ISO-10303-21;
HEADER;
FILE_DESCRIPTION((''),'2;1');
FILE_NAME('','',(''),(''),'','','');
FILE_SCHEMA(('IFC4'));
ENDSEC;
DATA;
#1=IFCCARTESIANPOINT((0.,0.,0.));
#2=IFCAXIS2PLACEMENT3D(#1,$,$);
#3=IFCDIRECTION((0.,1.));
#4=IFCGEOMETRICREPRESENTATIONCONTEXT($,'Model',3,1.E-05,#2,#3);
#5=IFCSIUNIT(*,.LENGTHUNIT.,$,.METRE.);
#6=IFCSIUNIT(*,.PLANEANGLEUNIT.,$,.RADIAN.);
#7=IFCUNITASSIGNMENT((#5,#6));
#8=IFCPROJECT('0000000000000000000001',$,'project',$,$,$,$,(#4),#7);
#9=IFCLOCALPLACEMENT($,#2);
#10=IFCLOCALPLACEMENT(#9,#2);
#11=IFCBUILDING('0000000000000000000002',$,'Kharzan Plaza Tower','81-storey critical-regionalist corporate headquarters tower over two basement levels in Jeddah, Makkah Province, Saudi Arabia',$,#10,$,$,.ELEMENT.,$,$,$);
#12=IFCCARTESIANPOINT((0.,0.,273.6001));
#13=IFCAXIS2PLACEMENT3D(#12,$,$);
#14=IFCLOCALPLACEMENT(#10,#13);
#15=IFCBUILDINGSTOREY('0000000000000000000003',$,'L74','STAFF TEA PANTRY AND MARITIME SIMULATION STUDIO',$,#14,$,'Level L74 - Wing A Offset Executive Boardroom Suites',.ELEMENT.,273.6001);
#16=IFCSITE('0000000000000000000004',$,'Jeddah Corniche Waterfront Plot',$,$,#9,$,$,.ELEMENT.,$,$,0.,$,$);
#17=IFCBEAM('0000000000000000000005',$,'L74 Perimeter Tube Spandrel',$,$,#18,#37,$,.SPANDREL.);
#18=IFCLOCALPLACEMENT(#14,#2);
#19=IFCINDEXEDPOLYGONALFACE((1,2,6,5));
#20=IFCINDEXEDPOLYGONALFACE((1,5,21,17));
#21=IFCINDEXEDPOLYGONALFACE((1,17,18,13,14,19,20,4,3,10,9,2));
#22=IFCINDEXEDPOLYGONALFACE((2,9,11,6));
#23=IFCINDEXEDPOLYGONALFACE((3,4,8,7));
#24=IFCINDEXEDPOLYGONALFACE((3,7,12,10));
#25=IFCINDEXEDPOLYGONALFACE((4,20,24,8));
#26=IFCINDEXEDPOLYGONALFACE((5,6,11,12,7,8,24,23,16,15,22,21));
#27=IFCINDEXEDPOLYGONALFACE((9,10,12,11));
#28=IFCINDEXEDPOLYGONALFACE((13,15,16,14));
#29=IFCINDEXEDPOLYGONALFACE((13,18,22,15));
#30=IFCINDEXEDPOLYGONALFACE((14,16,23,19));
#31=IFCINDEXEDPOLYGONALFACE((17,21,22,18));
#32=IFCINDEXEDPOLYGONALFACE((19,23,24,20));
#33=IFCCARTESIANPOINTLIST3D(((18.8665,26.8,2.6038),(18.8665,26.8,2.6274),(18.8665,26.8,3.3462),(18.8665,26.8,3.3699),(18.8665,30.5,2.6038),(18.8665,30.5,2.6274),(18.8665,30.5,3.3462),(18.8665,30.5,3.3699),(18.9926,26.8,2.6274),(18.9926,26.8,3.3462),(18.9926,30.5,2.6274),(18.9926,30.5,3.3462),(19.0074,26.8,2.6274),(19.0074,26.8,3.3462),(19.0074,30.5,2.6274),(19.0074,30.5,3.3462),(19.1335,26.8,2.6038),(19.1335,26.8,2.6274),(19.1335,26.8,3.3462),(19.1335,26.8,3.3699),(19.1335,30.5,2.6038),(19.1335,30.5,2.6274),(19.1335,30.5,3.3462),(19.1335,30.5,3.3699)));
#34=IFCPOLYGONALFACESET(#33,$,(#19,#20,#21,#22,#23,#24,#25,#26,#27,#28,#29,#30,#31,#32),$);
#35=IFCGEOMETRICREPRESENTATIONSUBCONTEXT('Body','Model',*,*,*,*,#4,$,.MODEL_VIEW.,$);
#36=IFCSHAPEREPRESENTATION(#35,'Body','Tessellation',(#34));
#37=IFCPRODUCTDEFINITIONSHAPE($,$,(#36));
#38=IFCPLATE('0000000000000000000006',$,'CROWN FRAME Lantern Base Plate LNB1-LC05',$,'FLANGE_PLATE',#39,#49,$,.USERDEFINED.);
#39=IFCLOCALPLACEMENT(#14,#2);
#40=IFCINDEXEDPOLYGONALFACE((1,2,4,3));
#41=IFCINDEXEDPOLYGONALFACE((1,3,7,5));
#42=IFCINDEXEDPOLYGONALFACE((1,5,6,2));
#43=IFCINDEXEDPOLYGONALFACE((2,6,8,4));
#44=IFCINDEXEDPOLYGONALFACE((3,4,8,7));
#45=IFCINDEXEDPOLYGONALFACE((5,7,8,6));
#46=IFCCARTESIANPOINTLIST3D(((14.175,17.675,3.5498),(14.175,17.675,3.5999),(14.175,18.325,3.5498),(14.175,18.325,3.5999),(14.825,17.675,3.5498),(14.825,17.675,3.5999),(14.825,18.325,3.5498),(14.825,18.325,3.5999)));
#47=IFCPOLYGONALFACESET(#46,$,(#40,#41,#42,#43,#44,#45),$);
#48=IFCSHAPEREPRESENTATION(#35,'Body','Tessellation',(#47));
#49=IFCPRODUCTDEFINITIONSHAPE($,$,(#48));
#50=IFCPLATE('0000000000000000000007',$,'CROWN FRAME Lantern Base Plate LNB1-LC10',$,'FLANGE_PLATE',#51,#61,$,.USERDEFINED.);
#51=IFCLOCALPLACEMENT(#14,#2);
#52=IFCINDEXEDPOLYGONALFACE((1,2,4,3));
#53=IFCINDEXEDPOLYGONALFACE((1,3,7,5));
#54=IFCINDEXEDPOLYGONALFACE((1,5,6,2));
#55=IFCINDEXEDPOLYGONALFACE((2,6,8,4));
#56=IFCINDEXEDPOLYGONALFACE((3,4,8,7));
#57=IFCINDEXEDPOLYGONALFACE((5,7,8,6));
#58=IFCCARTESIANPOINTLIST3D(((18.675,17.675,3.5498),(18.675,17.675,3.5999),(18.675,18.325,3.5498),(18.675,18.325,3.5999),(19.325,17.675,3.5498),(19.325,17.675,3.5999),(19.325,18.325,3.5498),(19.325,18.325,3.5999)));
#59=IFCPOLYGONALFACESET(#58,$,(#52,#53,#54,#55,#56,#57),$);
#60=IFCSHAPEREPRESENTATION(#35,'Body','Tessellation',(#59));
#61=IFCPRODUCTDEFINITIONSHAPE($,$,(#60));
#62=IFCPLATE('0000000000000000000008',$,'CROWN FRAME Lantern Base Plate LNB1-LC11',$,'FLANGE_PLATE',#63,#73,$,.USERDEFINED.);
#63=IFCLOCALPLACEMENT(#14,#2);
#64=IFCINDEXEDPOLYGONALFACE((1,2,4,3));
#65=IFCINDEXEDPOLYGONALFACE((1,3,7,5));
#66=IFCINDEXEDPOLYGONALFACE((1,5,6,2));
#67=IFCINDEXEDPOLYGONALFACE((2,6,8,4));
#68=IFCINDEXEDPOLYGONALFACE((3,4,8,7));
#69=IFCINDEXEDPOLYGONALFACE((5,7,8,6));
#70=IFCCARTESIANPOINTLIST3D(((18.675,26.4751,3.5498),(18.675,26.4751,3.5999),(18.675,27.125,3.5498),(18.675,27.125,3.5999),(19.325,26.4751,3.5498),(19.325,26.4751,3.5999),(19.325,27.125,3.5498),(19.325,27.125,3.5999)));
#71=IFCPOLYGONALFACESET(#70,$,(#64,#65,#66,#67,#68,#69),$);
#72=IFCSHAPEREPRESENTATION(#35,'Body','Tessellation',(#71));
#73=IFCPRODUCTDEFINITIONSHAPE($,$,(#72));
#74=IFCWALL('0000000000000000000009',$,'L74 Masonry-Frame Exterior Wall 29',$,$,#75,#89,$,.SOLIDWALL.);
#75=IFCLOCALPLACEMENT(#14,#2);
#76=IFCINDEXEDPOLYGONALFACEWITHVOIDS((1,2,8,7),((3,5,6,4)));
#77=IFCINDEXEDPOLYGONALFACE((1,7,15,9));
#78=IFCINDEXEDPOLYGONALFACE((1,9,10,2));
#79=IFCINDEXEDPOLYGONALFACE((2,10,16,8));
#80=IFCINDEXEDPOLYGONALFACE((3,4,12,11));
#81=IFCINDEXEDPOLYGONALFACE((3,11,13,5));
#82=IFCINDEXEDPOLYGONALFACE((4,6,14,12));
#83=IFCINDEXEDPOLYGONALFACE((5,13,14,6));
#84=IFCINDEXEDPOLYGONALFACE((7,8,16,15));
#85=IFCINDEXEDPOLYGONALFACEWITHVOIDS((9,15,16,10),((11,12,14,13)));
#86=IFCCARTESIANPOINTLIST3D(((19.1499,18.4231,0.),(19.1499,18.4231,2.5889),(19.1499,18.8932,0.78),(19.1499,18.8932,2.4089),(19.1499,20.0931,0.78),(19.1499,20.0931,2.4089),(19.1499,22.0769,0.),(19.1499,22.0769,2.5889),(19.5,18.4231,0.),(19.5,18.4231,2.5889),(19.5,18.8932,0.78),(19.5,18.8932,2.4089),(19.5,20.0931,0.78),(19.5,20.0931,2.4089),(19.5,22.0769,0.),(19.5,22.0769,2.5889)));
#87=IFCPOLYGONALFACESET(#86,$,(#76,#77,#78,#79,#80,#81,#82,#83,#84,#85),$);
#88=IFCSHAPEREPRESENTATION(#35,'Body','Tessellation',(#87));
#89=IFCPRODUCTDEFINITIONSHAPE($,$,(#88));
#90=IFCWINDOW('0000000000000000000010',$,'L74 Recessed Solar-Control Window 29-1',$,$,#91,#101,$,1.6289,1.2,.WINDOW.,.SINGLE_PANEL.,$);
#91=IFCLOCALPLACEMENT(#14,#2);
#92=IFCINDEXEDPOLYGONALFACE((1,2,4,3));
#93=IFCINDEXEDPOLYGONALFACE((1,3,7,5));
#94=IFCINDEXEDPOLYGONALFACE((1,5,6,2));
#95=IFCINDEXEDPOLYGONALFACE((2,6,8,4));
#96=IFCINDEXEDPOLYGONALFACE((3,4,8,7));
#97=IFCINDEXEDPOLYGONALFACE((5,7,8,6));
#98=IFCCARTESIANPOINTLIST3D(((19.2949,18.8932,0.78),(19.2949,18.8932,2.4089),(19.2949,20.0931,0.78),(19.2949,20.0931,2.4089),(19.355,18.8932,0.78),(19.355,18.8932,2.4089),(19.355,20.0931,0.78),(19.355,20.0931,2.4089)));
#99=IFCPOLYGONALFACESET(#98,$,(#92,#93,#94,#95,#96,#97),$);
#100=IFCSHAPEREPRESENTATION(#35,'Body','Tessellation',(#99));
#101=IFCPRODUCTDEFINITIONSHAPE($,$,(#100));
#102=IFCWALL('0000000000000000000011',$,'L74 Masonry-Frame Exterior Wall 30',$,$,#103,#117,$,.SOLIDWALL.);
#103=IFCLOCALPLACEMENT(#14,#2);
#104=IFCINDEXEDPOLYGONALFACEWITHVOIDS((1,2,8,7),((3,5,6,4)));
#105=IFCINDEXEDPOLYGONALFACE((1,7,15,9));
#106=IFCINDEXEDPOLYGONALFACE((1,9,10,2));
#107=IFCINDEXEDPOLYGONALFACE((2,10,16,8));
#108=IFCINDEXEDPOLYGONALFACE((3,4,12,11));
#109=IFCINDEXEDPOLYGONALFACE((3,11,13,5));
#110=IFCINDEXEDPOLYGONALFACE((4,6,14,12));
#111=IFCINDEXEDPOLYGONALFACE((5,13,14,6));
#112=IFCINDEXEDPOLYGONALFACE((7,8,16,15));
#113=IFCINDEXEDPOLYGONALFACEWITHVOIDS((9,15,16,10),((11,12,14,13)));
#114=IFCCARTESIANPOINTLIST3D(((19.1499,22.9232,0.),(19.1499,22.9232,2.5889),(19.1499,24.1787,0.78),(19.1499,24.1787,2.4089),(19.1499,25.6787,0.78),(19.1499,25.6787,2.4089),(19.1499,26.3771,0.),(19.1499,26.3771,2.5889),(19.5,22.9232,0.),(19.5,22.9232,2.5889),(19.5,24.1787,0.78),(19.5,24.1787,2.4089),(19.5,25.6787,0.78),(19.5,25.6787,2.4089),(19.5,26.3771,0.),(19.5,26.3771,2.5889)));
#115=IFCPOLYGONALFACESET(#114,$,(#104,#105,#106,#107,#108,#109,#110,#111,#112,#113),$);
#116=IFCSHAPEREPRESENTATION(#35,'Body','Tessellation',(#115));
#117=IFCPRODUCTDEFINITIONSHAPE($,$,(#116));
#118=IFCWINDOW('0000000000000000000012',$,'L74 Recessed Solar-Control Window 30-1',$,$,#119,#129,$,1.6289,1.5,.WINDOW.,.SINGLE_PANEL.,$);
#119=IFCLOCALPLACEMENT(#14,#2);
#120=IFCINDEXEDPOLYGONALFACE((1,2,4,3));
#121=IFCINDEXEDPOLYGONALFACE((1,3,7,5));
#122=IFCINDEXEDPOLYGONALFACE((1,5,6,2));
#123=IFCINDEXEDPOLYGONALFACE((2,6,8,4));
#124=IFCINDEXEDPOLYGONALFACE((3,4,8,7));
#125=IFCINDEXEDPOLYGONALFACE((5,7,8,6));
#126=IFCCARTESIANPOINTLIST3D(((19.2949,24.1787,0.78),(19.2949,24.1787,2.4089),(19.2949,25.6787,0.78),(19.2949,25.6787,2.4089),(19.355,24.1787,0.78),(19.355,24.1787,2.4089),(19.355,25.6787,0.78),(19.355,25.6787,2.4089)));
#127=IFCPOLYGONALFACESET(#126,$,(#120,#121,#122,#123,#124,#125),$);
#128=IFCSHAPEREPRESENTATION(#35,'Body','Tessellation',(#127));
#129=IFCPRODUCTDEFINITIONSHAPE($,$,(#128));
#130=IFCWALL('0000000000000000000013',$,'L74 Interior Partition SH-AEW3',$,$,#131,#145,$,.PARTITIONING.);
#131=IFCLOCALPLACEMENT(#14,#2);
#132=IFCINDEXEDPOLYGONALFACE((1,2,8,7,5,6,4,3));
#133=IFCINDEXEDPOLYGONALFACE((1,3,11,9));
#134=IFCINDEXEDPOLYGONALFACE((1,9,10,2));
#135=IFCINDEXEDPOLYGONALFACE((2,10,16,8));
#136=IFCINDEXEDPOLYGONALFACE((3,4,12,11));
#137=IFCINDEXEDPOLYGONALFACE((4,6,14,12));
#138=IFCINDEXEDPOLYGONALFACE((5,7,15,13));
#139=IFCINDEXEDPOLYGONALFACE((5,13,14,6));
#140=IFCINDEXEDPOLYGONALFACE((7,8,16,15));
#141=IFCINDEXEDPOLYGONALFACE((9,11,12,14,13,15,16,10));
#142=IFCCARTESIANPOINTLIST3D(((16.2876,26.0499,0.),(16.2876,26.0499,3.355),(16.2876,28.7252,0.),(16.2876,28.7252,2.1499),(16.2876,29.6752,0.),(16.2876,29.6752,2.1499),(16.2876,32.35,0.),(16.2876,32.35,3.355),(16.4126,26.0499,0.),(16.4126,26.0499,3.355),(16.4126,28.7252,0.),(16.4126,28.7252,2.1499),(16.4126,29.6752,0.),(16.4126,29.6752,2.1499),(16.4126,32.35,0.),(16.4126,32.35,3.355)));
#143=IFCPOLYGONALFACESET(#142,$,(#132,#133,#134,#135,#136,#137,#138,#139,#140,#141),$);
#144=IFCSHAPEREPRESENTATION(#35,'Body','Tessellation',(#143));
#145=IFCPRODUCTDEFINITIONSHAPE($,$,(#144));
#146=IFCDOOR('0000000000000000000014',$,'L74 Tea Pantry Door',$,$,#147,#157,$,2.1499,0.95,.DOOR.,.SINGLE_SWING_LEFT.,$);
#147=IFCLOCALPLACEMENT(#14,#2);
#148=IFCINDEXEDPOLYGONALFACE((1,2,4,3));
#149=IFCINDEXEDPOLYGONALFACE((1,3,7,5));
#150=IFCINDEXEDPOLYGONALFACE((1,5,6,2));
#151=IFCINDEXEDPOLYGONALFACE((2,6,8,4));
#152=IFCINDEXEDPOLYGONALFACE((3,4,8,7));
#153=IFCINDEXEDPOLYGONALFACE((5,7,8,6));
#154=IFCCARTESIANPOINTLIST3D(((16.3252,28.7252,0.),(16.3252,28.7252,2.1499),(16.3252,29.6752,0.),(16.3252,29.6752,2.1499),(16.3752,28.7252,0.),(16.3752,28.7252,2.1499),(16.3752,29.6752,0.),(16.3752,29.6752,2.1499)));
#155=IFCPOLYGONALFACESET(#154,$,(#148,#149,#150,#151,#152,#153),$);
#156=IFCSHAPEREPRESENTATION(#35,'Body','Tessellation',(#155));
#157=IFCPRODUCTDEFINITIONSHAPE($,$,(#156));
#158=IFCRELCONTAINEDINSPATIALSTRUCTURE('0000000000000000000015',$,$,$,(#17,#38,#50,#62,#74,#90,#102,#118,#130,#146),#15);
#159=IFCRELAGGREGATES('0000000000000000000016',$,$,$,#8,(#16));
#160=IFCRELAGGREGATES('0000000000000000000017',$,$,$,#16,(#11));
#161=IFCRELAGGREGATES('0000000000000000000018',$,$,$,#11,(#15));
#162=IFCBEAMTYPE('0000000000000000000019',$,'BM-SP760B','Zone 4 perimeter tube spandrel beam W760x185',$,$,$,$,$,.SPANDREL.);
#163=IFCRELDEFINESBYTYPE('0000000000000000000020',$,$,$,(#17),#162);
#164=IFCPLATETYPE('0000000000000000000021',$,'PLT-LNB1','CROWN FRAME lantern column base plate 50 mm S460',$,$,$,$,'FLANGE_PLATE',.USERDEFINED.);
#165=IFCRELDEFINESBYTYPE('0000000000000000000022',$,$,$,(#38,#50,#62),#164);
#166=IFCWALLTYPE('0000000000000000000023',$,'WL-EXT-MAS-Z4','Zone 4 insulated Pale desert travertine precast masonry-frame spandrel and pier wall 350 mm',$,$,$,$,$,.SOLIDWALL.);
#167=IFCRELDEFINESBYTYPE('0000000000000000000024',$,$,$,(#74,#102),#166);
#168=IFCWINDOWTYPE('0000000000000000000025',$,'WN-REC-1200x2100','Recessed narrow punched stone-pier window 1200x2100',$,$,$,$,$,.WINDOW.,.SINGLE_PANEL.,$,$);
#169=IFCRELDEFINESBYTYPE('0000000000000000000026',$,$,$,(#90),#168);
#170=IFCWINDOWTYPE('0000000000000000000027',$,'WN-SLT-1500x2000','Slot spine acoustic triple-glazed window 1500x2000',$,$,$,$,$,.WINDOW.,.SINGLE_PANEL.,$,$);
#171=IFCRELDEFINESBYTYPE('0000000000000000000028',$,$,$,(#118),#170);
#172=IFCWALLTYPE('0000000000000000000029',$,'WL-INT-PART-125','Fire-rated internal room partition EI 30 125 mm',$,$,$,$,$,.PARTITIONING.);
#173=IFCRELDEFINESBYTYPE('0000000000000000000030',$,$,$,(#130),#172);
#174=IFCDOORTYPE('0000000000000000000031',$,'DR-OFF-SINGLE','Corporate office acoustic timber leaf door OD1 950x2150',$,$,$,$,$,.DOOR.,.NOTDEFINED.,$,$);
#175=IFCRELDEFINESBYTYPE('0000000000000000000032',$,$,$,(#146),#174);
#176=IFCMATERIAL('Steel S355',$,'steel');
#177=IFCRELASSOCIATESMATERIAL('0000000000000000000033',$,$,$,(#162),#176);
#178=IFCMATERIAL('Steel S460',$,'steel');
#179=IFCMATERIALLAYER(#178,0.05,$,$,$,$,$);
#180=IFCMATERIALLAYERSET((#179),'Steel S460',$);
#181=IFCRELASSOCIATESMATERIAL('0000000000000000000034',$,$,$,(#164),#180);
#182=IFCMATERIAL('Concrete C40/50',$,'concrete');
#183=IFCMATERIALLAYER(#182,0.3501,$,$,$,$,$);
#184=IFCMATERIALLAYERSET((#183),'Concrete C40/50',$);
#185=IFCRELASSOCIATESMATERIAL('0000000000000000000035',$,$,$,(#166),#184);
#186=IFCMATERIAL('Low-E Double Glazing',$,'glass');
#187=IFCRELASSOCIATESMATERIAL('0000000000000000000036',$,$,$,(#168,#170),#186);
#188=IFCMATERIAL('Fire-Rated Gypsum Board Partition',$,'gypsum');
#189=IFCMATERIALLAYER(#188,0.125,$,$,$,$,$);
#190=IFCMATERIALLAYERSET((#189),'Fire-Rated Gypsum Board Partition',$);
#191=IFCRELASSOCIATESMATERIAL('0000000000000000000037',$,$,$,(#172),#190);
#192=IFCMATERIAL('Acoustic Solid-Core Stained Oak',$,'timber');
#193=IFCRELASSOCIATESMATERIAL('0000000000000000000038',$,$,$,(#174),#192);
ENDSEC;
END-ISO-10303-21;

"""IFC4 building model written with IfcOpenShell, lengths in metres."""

from ifc_helpers import new_model, si_unit, direction, frame, frame_2d, origin, origin_2d, place, context, subcontext, project, spatial, rectangle, i_section, extrude, source, transform, mapped, material, layer, layer_set, material_profile, profile_set, type_object, element, fill, save


model = new_model("IFC4")

# Units and contexts
model_context = context("Model", 3, precision=1e-05, world=origin(), true_north=direction((0.0, 1.0)))
body_context = subcontext(model_context, "Body", "Model", "MODEL_VIEW")
ifc_project = project(units=[si_unit("LENGTHUNIT", "METRE"), si_unit("PLANEANGLEUNIT", "RADIAN")], contexts=[model_context])

# Site, building, storey
site_placement = place(None, origin())
site = spatial("IfcSite", under=ifc_project, at=site_placement, Name="Jeddah Corniche Waterfront Plot", CompositionType="ELEMENT", RefElevation=0.0)
building_placement = place(site_placement, origin())
building = spatial("IfcBuilding", under=site, at=building_placement, Name="Kharzan Plaza Tower", Description="81-storey critical-regionalist corporate headquarters tower over two basement levels in Jeddah, Makkah Province, Saudi Arabia", CompositionType="ELEMENT")
storey_placement = place(building_placement, frame((0.0, 0.0, 273.6001)))
storey = spatial("IfcBuildingStorey", under=building, at=storey_placement, Name="L74", Description="STAFF TEA PANTRY AND MARITIME SIMULATION STUDIO", LongName="Level L74 - Wing A Offset Executive Boardroom Suites", CompositionType="ELEMENT", Elevation=273.6001)

# Beam
ifc_material_1 = material(Name="Steel S355", Category="steel")
ifc_material_profile_1 = material_profile(ifc_material_1, i_section(OverallWidth=0.2671, OverallDepth=0.7661, WebThickness=0.0149, FlangeThickness=0.0237, at=origin_2d()), Name="W760x185")
ifc_profile_set_1 = profile_set([ifc_material_profile_1], Name="Steel S355")
beam_type_1 = type_object("IfcBeamType", Name="BM-SP760B", Description="Zone 4 perimeter tube spandrel beam W760x185", PredefinedType="SPANDREL", material=ifc_profile_set_1)
shared_shape_1 = source(origin(), body_context, "Body", "SweptSolid", [
    extrude(i_section(OverallWidth=0.2671, OverallDepth=0.7661, WebThickness=0.0149, FlangeThickness=0.0237, at=origin_2d()), origin(), (0.0, 0.0, 1.0), 3.7),
])
beam_1_placement = place(storey_placement, frame((19.0, 26.8, 2.9868), z_axis=(0.0, 1.0, 0.0), x_axis=(-1.0, 0.0, 0.0)))
element("IfcBeam", 1, at=beam_1_placement, inside=storey, type_object=beam_type_1, Name="L74 Perimeter Tube Spandrel", PredefinedType="SPANDREL", context=body_context, shape_type="MappedRepresentation", body=[
    mapped(shared_shape_1, transform((0.0, 0.0, 0.0), x_axis=(1.0, 0.0, 0.0), y_axis=(0.0, 1.0, 0.0), z_axis=(0.0, 0.0, 1.0))),
])

# Plates
ifc_material_2 = material(Name="Steel S460", Category="steel")
ifc_layer_1 = layer(ifc_material_2, 0.05)
ifc_layer_set_1 = layer_set([ifc_layer_1], Name="Steel S460")
plate_type = type_object("IfcPlateType", Name="PLT-LNB1", Description="CROWN FRAME lantern column base plate 50 mm S460", ElementType="FLANGE_PLATE", PredefinedType="USERDEFINED", material=ifc_layer_set_1)
shared_shape_2 = source(origin(), body_context, "Body", "SweptSolid", [
    extrude(rectangle(XDim=0.6499, YDim=0.6499, at=origin_2d()), origin(), (0.0, 0.0, 1.0), 0.05),
])
for number, where, z_axis, x_axis, name in (
    (2, (14.5, 18.0, 3.5498), (0.0, 0.0, 1.0), (1.0, 0.0, 0.0), "CROWN FRAME Lantern Base Plate LNB1-LC05"),
    (3, (19.0, 18.0, 3.5498), (0.0, 0.0, 1.0), (1.0, 0.0, 0.0), "CROWN FRAME Lantern Base Plate LNB1-LC10"),
    (4, (19.0, 26.8, 3.5498), (0.0, 0.0, 1.0), (1.0, 0.0, 0.0), "CROWN FRAME Lantern Base Plate LNB1-LC11"),
):
    element("IfcPlate", number, at=place(storey_placement, frame(where, z_axis=z_axis, x_axis=x_axis)), inside=storey, type_object=plate_type, Name=name, ObjectType="FLANGE_PLATE", PredefinedType="USERDEFINED", context=body_context, shape_type="MappedRepresentation", body=[
        mapped(shared_shape_2, transform((0.0, 0.0, 0.0), x_axis=(1.0, 0.0, 0.0), y_axis=(0.0, 1.0, 0.0), z_axis=(0.0, 0.0, 1.0))),
    ])

# Walls, openings, windows
ifc_material_3 = material(Name="Concrete C40/50", Category="concrete")
ifc_layer_2 = layer(ifc_material_3, 0.3501)
ifc_layer_set_2 = layer_set([ifc_layer_2], Name="Concrete C40/50")
wall_type_1 = type_object("IfcWallType", Name="WL-EXT-MAS-Z4", Description="Zone 4 insulated Pale desert travertine precast masonry-frame spandrel and pier wall 350 mm", PredefinedType="SOLIDWALL", material=ifc_layer_set_2)
wall_1_placement = place(storey_placement, frame((19.325, 18.4231, 0.0), z_axis=(0.0, 0.0, 1.0), x_axis=(0.0, 1.0, 0.0)))
wall_1 = element("IfcWall", 5, at=wall_1_placement, inside=storey, type_object=wall_type_1, Name="L74 Masonry-Frame Exterior Wall 29", PredefinedType="SOLIDWALL", context=body_context, shape_type="SweptSolid", body=[
    extrude(rectangle(XDim=3.6538, YDim=0.3501, at=frame_2d((1.8269, 0.0))), origin(), (0.0, 0.0, 1.0), 2.5889),
])
opening_1_placement = place(wall_1_placement, frame((0.47, 0.0, 0.78)))
opening_1 = element("IfcOpeningElement", 6, at=opening_1_placement, cuts=wall_1, PredefinedType="OPENING", context=body_context, shape_type="SweptSolid", body=[
    extrude(rectangle(XDim=1.2, YDim=1.6289, at=frame_2d((0.6001, 0.8145))), frame((0.0, 0.1851, 0.0), z_axis=(0.0, -1.0, 0.0), x_axis=(1.0, 0.0, 0.0)), (0.0, 0.0, 1.0), 0.3701),
])
ifc_material_4 = material(Name="Low-E Double Glazing", Category="glass")
window_type_1 = type_object("IfcWindowType", Name="WN-REC-1200x2100", Description="Recessed narrow punched stone-pier window 1200x2100", PartitioningType="SINGLE_PANEL", PredefinedType="WINDOW", material=ifc_material_4)
shared_shape_3 = source(origin(), body_context, "Body", "SweptSolid", [
    extrude(rectangle(XDim=1.2, YDim=1.6289, at=frame_2d((0.6001, 0.8145))), frame((0.0, 0.03, 0.0), z_axis=(0.0, -1.0, 0.0), x_axis=(1.0, 0.0, 0.0)), (0.0, 0.0, 1.0), 0.0601),
])
window_1_placement = place(opening_1_placement, origin())
window_1 = element("IfcWindow", 7, at=window_1_placement, inside=storey, type_object=window_type_1, Name="L74 Recessed Solar-Control Window 29-1", OverallHeight=1.6289, OverallWidth=1.2, PartitioningType="SINGLE_PANEL", PredefinedType="WINDOW", context=body_context, shape_type="MappedRepresentation", body=[
    mapped(shared_shape_3, transform((0.0, 0.0, 0.0), x_axis=(1.0, 0.0, 0.0), y_axis=(0.0, 1.0, 0.0), z_axis=(0.0, 0.0, 1.0))),
])
fill(opening_1, window_1)
wall_2_placement = place(storey_placement, frame((19.325, 22.9231, 0.0), z_axis=(0.0, 0.0, 1.0), x_axis=(0.0, 1.0, 0.0)))
wall_2 = element("IfcWall", 8, at=wall_2_placement, inside=storey, type_object=wall_type_1, Name="L74 Masonry-Frame Exterior Wall 30", PredefinedType="SOLIDWALL", context=body_context, shape_type="SweptSolid", body=[
    extrude(rectangle(XDim=3.4539, YDim=0.3501, at=frame_2d((1.7271, 0.0))), origin(), (0.0, 0.0, 1.0), 2.5889),
])
opening_2_placement = place(wall_2_placement, frame((1.2556, 0.0, 0.78)))
opening_2 = element("IfcOpeningElement", 9, at=opening_2_placement, cuts=wall_2, PredefinedType="OPENING", context=body_context, shape_type="SweptSolid", body=[
    extrude(rectangle(XDim=1.5, YDim=1.6289, at=frame_2d((0.75, 0.8145))), frame((0.0, 0.1851, 0.0), z_axis=(0.0, -1.0, 0.0), x_axis=(1.0, 0.0, 0.0)), (0.0, 0.0, 1.0), 0.3701),
])
window_type_2 = type_object("IfcWindowType", Name="WN-SLT-1500x2000", Description="Slot spine acoustic triple-glazed window 1500x2000", PartitioningType="SINGLE_PANEL", PredefinedType="WINDOW", material=ifc_material_4)
shared_shape_4 = source(origin(), body_context, "Body", "SweptSolid", [
    extrude(rectangle(XDim=1.5, YDim=1.6289, at=frame_2d((0.75, 0.8145))), frame((0.0, 0.03, 0.0), z_axis=(0.0, -1.0, 0.0), x_axis=(1.0, 0.0, 0.0)), (0.0, 0.0, 1.0), 0.0601),
])
window_2_placement = place(opening_2_placement, origin())
window_2 = element("IfcWindow", 10, at=window_2_placement, inside=storey, type_object=window_type_2, Name="L74 Recessed Solar-Control Window 30-1", OverallHeight=1.6289, OverallWidth=1.5, PartitioningType="SINGLE_PANEL", PredefinedType="WINDOW", context=body_context, shape_type="MappedRepresentation", body=[
    mapped(shared_shape_4, transform((0.0, 0.0, 0.0), x_axis=(1.0, 0.0, 0.0), y_axis=(0.0, 1.0, 0.0), z_axis=(0.0, 0.0, 1.0))),
])
fill(opening_2, window_2)

# Wall, opening, door
ifc_material_5 = material(Name="Fire-Rated Gypsum Board Partition", Category="gypsum")
ifc_layer_3 = layer(ifc_material_5, 0.125)
ifc_layer_set_3 = layer_set([ifc_layer_3], Name="Fire-Rated Gypsum Board Partition")
wall_type_2 = type_object("IfcWallType", Name="WL-INT-PART-125", Description="Fire-rated internal room partition EI 30 125 mm", PredefinedType="PARTITIONING", material=ifc_layer_set_3)
wall_3_placement = place(storey_placement, frame((16.3501, 26.05, 0.0), z_axis=(0.0, 0.0, 1.0), x_axis=(0.0, 1.0, 0.0)))
wall_3 = element("IfcWall", 11, at=wall_3_placement, inside=storey, type_object=wall_type_2, Name="L74 Interior Partition SH-AEW3", PredefinedType="PARTITIONING", context=body_context, shape_type="SweptSolid", body=[
    extrude(rectangle(XDim=6.3, YDim=0.125, at=frame_2d((3.1499, 0.0))), origin(), (0.0, 0.0, 1.0), 3.355),
])
opening_3_placement = place(wall_3_placement, frame((2.675, 0.0, 0.0)))
opening_3 = element("IfcOpeningElement", 12, at=opening_3_placement, cuts=wall_3, PredefinedType="OPENING", context=body_context, shape_type="SweptSolid", body=[
    extrude(rectangle(XDim=0.95, YDim=2.1499, at=frame_2d((0.4751, 1.075))), frame((0.0, 0.0725, 0.0), z_axis=(0.0, -1.0, 0.0), x_axis=(1.0, 0.0, 0.0)), (0.0, 0.0, 1.0), 0.145),
])
ifc_material_6 = material(Name="Acoustic Solid-Core Stained Oak", Category="timber")
door_type_1 = type_object("IfcDoorType", Name="DR-OFF-SINGLE", Description="Corporate office acoustic timber leaf door OD1 950x2150", OperationType="NOTDEFINED", PredefinedType="DOOR", material=ifc_material_6)
shared_shape_5 = source(origin(), body_context, "Body", "SweptSolid", [
    extrude(rectangle(XDim=0.95, YDim=2.1499, at=frame_2d((0.4751, 1.075))), frame((0.0, 0.0249, 0.0), z_axis=(0.0, -1.0, 0.0), x_axis=(1.0, 0.0, 0.0)), (0.0, 0.0, 1.0), 0.05),
])
door_1_placement = place(opening_3_placement, origin())
door_1 = element("IfcDoor", 13, at=door_1_placement, inside=storey, type_object=door_type_1, Name="L74 Tea Pantry Door", OperationType="SINGLE_SWING_LEFT", OverallHeight=2.1499, OverallWidth=0.95, PredefinedType="DOOR", context=body_context, shape_type="MappedRepresentation", body=[
    mapped(shared_shape_5, transform((0.0, 0.0, 0.0), x_axis=(1.0, 0.0, 0.0), y_axis=(0.0, 1.0, 0.0), z_axis=(0.0, 0.0, 1.0))),
])
fill(opening_3, door_1)

save(model, "model.ifc")
